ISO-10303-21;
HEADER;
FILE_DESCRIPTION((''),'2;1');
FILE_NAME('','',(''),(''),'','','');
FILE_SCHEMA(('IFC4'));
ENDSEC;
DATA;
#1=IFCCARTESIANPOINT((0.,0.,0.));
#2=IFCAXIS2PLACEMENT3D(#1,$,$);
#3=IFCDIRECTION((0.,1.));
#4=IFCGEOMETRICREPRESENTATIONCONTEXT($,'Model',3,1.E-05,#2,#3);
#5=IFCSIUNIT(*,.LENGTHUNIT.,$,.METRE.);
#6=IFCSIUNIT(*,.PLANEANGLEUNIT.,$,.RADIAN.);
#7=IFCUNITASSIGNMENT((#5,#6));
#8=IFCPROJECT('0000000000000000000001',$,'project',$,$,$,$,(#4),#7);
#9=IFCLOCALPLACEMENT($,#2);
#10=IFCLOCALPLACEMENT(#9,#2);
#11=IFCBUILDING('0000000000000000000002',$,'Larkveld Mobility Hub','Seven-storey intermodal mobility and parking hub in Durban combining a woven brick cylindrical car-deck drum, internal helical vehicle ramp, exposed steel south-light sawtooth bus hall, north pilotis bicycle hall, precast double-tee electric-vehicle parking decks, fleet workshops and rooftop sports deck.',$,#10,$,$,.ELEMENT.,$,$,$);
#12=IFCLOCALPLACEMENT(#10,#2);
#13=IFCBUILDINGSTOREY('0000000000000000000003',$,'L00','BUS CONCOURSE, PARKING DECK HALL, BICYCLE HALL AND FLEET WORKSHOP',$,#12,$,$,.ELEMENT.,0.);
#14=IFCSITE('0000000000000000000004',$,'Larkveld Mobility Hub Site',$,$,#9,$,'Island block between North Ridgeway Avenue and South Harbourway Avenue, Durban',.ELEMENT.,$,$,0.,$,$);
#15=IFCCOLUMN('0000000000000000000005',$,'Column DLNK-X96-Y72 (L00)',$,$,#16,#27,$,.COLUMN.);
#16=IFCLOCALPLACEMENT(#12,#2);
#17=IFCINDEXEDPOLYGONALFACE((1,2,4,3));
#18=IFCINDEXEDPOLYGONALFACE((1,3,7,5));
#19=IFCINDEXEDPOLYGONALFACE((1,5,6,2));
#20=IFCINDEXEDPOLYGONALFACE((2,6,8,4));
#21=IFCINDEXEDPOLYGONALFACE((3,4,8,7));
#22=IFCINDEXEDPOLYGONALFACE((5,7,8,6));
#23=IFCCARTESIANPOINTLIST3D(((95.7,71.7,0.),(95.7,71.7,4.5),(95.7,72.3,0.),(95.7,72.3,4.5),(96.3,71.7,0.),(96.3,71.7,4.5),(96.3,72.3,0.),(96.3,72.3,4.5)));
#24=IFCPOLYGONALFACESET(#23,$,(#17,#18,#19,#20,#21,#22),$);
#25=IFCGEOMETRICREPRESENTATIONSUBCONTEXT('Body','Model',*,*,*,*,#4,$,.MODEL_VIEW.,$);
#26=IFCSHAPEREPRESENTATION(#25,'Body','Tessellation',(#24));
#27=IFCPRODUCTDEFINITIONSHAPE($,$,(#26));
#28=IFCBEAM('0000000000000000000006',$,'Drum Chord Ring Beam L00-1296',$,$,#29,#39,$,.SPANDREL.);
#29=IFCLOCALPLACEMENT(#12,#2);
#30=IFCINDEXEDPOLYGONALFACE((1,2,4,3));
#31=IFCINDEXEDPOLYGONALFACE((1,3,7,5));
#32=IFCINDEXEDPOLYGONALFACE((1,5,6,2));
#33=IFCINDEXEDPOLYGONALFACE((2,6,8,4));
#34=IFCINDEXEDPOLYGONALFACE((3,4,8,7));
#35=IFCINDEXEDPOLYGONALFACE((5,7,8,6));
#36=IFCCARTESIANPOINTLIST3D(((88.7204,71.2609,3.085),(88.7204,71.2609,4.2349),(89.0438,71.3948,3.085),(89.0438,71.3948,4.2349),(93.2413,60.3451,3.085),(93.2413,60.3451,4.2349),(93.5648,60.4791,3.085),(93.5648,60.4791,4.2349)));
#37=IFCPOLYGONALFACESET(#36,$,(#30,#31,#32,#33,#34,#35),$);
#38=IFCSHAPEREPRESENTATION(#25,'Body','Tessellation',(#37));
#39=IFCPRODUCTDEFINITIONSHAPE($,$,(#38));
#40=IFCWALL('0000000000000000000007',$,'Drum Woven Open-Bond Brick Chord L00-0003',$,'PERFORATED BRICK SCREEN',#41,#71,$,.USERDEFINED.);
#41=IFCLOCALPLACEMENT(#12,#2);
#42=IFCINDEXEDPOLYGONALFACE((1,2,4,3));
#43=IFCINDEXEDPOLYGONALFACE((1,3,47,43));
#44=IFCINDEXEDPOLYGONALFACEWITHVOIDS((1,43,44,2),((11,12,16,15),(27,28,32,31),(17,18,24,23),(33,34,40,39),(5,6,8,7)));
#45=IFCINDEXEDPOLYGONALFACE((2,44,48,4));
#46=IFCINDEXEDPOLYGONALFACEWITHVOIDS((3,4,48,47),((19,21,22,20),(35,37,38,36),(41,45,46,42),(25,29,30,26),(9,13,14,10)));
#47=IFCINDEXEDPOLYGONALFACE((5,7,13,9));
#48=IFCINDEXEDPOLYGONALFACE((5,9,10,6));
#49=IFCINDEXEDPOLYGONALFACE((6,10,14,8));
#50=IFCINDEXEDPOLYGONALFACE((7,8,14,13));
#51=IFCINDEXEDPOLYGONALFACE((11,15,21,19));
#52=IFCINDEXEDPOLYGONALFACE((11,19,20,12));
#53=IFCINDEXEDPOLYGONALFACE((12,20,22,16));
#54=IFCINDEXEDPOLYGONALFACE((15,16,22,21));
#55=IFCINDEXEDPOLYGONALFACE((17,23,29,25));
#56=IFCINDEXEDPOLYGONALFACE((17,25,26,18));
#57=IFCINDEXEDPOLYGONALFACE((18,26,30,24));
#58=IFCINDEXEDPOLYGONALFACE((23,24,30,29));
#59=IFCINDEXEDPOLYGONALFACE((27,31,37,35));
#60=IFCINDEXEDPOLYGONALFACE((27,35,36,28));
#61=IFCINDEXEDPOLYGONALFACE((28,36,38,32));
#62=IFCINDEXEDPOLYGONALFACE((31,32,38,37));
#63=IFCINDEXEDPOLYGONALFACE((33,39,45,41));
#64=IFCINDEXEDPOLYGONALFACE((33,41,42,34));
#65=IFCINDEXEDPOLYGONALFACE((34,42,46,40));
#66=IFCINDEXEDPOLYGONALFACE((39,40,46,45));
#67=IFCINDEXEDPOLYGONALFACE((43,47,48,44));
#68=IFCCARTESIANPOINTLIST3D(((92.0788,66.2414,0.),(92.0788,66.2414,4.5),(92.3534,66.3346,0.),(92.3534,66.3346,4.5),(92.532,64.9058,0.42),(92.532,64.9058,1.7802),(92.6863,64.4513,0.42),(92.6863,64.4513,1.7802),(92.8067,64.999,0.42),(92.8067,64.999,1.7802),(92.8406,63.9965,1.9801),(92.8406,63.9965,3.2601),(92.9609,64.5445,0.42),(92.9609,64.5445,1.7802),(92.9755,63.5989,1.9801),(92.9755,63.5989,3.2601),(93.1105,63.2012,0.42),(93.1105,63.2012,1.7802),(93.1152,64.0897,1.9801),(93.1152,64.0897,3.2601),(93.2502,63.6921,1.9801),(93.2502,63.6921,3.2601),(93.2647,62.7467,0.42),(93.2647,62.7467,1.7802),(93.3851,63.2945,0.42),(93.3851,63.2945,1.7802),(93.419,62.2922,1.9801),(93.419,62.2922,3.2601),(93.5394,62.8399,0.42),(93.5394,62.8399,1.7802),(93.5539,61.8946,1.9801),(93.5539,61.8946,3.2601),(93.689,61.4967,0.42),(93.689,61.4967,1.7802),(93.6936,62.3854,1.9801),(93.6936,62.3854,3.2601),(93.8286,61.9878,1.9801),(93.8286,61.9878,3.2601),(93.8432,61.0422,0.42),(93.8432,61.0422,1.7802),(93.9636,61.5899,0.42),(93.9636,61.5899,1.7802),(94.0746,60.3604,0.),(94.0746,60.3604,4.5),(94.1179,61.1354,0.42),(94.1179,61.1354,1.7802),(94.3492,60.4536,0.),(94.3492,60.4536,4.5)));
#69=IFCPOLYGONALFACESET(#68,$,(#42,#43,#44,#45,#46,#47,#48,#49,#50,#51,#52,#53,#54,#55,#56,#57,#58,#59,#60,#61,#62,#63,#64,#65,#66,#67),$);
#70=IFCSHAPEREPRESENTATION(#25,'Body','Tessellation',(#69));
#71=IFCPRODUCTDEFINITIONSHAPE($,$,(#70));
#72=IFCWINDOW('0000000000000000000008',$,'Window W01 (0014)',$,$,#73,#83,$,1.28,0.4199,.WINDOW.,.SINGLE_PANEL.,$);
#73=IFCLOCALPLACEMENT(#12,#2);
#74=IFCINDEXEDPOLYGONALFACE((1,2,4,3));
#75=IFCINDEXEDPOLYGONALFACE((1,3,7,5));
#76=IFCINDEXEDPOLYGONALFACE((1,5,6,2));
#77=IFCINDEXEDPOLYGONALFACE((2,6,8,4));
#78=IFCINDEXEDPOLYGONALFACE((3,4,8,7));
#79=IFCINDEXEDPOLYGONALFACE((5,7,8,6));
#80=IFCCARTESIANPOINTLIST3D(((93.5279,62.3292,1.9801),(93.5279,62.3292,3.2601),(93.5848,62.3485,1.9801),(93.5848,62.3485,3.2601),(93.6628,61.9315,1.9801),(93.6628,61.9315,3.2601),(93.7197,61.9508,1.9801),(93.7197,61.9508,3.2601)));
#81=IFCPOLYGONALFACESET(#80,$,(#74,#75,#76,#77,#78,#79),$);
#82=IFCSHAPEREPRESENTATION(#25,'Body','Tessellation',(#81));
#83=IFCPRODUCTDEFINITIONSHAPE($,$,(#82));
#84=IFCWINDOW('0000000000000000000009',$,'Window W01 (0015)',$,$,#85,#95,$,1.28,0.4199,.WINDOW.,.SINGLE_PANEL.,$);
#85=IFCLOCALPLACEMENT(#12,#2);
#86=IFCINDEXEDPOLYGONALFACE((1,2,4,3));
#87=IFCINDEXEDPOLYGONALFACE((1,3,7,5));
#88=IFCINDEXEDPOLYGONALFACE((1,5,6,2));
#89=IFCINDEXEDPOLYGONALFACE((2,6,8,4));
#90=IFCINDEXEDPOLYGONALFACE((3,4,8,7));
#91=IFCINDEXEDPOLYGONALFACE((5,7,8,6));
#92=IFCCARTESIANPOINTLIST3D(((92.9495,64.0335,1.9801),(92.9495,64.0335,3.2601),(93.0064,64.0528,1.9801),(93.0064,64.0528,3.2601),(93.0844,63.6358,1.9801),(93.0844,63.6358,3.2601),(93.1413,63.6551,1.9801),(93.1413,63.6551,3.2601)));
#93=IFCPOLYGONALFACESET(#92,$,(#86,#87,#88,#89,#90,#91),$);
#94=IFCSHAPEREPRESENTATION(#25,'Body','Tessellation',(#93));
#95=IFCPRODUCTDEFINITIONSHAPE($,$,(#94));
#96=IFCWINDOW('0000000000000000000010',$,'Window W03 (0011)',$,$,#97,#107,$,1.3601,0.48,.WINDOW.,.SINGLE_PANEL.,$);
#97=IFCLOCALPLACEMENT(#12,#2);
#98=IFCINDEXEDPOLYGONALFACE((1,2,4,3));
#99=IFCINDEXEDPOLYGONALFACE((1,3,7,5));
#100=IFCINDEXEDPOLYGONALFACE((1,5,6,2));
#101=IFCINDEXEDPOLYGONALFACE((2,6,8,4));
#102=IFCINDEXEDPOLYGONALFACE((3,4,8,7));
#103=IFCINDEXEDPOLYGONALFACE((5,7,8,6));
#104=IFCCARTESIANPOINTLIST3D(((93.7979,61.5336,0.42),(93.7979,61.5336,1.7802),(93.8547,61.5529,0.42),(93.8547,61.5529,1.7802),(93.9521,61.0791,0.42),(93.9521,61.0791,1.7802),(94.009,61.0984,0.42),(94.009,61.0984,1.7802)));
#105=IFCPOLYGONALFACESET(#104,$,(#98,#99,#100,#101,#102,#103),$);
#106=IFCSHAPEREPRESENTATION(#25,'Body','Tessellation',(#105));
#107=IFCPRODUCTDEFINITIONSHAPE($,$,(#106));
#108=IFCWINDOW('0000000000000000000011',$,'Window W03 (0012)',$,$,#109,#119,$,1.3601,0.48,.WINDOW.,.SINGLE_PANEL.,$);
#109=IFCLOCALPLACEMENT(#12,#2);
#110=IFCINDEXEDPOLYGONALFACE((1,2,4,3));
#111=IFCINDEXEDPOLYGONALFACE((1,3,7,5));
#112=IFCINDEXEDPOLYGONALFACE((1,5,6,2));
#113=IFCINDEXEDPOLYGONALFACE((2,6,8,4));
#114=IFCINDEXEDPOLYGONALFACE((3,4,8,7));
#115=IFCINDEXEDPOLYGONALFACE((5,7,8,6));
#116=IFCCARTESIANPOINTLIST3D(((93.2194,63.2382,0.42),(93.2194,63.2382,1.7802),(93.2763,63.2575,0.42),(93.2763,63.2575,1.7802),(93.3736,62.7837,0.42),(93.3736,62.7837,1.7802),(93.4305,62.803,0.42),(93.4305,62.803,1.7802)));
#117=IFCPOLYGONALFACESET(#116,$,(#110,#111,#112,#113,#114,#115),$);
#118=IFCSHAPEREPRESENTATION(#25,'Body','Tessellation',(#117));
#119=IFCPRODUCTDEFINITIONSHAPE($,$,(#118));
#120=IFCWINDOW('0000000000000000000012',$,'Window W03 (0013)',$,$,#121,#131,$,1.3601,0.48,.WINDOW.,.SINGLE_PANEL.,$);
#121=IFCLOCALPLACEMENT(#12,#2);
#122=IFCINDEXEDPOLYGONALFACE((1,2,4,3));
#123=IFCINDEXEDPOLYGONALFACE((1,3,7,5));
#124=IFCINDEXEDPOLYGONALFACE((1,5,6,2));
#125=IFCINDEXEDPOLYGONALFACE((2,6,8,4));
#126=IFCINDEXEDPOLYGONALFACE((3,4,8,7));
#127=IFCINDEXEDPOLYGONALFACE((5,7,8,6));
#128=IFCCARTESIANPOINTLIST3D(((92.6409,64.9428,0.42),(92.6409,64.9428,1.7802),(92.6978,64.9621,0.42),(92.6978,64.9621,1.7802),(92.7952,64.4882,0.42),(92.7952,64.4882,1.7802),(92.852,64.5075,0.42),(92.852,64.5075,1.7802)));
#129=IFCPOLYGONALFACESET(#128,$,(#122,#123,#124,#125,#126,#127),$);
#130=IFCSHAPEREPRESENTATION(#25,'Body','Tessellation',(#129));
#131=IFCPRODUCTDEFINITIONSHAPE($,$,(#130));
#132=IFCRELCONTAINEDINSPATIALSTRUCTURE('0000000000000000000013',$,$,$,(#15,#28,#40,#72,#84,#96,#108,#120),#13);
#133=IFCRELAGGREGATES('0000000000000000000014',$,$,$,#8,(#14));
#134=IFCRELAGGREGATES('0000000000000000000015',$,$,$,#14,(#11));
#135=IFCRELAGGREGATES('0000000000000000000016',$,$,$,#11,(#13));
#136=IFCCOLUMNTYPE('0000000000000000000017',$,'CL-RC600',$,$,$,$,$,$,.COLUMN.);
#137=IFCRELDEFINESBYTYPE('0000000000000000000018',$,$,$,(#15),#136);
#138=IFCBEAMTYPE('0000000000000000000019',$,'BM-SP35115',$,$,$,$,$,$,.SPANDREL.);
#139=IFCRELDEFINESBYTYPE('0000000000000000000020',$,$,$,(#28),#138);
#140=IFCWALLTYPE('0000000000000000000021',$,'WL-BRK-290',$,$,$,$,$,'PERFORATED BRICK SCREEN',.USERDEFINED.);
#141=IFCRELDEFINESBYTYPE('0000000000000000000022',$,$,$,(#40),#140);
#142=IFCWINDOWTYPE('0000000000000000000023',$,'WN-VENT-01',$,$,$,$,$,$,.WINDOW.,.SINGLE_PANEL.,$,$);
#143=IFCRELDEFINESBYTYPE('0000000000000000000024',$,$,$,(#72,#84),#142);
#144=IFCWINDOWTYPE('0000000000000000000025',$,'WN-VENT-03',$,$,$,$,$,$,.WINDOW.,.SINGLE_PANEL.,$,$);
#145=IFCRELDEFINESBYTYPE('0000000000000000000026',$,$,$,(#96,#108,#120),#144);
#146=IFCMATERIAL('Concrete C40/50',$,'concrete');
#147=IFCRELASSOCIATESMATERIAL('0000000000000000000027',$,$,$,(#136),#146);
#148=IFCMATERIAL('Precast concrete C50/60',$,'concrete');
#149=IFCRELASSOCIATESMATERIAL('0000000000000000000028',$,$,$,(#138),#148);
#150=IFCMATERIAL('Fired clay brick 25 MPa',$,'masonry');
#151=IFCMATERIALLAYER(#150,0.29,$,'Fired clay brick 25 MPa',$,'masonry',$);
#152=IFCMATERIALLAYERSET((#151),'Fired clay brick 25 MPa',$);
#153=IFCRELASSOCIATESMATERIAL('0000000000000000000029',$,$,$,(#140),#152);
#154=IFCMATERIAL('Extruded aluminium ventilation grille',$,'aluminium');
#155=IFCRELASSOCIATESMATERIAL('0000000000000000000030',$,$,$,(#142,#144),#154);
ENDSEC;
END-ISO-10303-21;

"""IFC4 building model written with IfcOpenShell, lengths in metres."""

from ifc_helpers import new_model, si_unit, direction, frame, frame_2d, origin, origin_2d, place, context, subcontext, project, spatial, rectangle, extrude, material, layer, layer_set, material_profile, profile_set, type_object, element, fill, save


model = new_model("IFC4")

# Units and contexts
model_context = context("Model", 3, precision=1e-05, world=origin(), true_north=direction((0.0, 1.0)))
body_context = subcontext(model_context, "Body", "Model", "MODEL_VIEW")
ifc_project = project(units=[si_unit("LENGTHUNIT", "METRE"), si_unit("PLANEANGLEUNIT", "RADIAN")], contexts=[model_context])

# Site, building, storey
site_placement = place(None, origin())
site = spatial("IfcSite", under=ifc_project, at=site_placement, Name="Larkveld Mobility Hub Site", LongName="Island block between North Ridgeway Avenue and South Harbourway Avenue, Durban", CompositionType="ELEMENT", RefElevation=0.0)
building_placement = place(site_placement, origin())
building = spatial("IfcBuilding", under=site, at=building_placement, Name="Larkveld Mobility Hub", Description="Seven-storey intermodal mobility and parking hub in Durban combining a woven brick cylindrical car-deck drum, internal helical vehicle ramp, exposed steel south-light sawtooth bus hall, north pilotis bicycle hall, precast double-tee electric-vehicle parking decks, fleet workshops and rooftop sports deck.", CompositionType="ELEMENT")
storey_placement = place(building_placement, origin())
storey = spatial("IfcBuildingStorey", under=building, at=storey_placement, Name="L00", Description="BUS CONCOURSE, PARKING DECK HALL, BICYCLE HALL AND FLEET WORKSHOP", CompositionType="ELEMENT", Elevation=0.0)

# Column
ifc_material_1 = material(Name="Concrete C40/50", Category="concrete")
ifc_material_profile_1 = material_profile(ifc_material_1, rectangle(XDim=0.6001, YDim=0.6001, at=origin_2d()), Name="RC COL 600x600")
ifc_profile_set_1 = profile_set([ifc_material_profile_1], Name="Concrete C40/50")
column_type = type_object("IfcColumnType", Name="CL-RC600", PredefinedType="COLUMN", material=ifc_profile_set_1)
for number, where, z_axis, x_axis, name in (
    (1, (96.0, 72.0, 0.0), (0.0, 0.0, 1.0), (1.0, 0.0, 0.0), "Column DLNK-X96-Y72 (L00)"),
):
    element("IfcColumn", number, at=place(storey_placement, frame(where, z_axis=z_axis, x_axis=x_axis)), inside=storey, type_object=column_type, Name=name, PredefinedType="COLUMN", context=body_context, shape_type="SweptSolid", body=[
        extrude(rectangle(XDim=0.6001, YDim=0.6001, at=origin_2d()), origin(), (0.0, 0.0, 1.0), 4.5),
    ])

# Beam
ifc_material_2 = material(Name="Precast concrete C50/60", Category="concrete")
ifc_material_profile_2 = material_profile(ifc_material_2, rectangle(XDim=0.3501, YDim=1.1499, at=origin_2d()), Name="PC SP 350x1150")
ifc_profile_set_2 = profile_set([ifc_material_profile_2], Name="Precast concrete C50/60")
beam_type = type_object("IfcBeamType", Name="BM-SP35115", PredefinedType="SPANDREL", material=ifc_profile_set_2)
beam_placement = place(storey_placement, frame((93.4031, 60.4121, 3.6599), z_axis=(-0.38265, 0.923893, 0.0), x_axis=(-0.923893, -0.38265, 0.0)))
element("IfcBeam", 2, at=beam_placement, inside=storey, type_object=beam_type, Name="Drum Chord Ring Beam L00-1296", PredefinedType="SPANDREL", context=body_context, shape_type="SweptSolid", body=[
    extrude(rectangle(XDim=0.3501, YDim=1.1499, at=origin_2d()), origin(), (0.0, 0.0, 1.0), 11.8149),
])

# Wall, openings, windows
ifc_material_3 = material(Name="Fired clay brick 25 MPa", Category="masonry")
ifc_layer_1 = layer(ifc_material_3, 0.29, Name="Fired clay brick 25 MPa", Category="masonry")
ifc_layer_set_1 = layer_set([ifc_layer_1], Name="Fired clay brick 25 MPa")
wall_type_1 = type_object("IfcWallType", Name="WL-BRK-290", ElementType="PERFORATED BRICK SCREEN", PredefinedType="USERDEFINED", material=ifc_layer_set_1)
wall_1_placement = place(storey_placement, frame((94.2119, 60.407, 0.0), z_axis=(0.0, 0.0, 1.0), x_axis=(-0.321365, 0.946955, 0.0)))
wall_1 = element("IfcWall", 3, at=wall_1_placement, inside=storey, type_object=wall_type_1, Name="Drum Woven Open-Bond Brick Chord L00-0003", ObjectType="PERFORATED BRICK SCREEN", PredefinedType="USERDEFINED", context=body_context, shape_type="SweptSolid", body=[
    extrude(rectangle(XDim=6.2104, YDim=0.29, at=frame_2d((3.1052, 0.0))), origin(), (0.0, 0.0, 1.0), 4.5),
])
opening_1_placement = place(wall_1_placement, frame((0.72, 0.0, 0.4199)))
opening_1 = element("IfcOpeningElement", 4, at=opening_1_placement, cuts=wall_1, PredefinedType="OPENING", context=body_context, shape_type="SweptSolid", body=[
    extrude(rectangle(XDim=0.48, YDim=1.3601, at=frame_2d((0.24, 0.6802))), frame((0.0, 0.155, 0.0), z_axis=(0.0, -1.0, 0.0), x_axis=(1.0, 0.0, 0.0)), (0.0, 0.0, 1.0), 0.3101),
])
opening_2_placement = place(wall_1_placement, frame((2.52, 0.0, 0.4199)))
opening_2 = element("IfcOpeningElement", 5, at=opening_2_placement, cuts=wall_1, PredefinedType="OPENING", context=body_context, shape_type="SweptSolid", body=[
    extrude(rectangle(XDim=0.48, YDim=1.3601, at=frame_2d((0.24, 0.6802))), frame((0.0, 0.155, 0.0), z_axis=(0.0, -1.0, 0.0), x_axis=(1.0, 0.0, 0.0)), (0.0, 0.0, 1.0), 0.3101),
])
opening_3_placement = place(wall_1_placement, frame((4.3201, 0.0, 0.4199)))
opening_3 = element("IfcOpeningElement", 6, at=opening_3_placement, cuts=wall_1, PredefinedType="OPENING", context=body_context, shape_type="SweptSolid", body=[
    extrude(rectangle(XDim=0.48, YDim=1.3601, at=frame_2d((0.24, 0.6802))), frame((0.0, 0.155, 0.0), z_axis=(0.0, -1.0, 0.0), x_axis=(1.0, 0.0, 0.0)), (0.0, 0.0, 1.0), 0.3101),
])
opening_4_placement = place(wall_1_placement, frame((1.6201, 0.0, 1.98)))
opening_4 = element("IfcOpeningElement", 7, at=opening_4_placement, cuts=wall_1, PredefinedType="OPENING", context=body_context, shape_type="SweptSolid", body=[
    extrude(rectangle(XDim=0.4199, YDim=1.28, at=frame_2d((0.21, 0.6401))), frame((0.0, 0.155, 0.0), z_axis=(0.0, -1.0, 0.0), x_axis=(1.0, 0.0, 0.0)), (0.0, 0.0, 1.0), 0.3101),
])
opening_5_placement = place(wall_1_placement, frame((3.4199, 0.0, 1.98)))
opening_5 = element("IfcOpeningElement", 8, at=opening_5_placement, cuts=wall_1, PredefinedType="OPENING", context=body_context, shape_type="SweptSolid", body=[
    extrude(rectangle(XDim=0.4199, YDim=1.28, at=frame_2d((0.21, 0.6401))), frame((0.0, 0.155, 0.0), z_axis=(0.0, -1.0, 0.0), x_axis=(1.0, 0.0, 0.0)), (0.0, 0.0, 1.0), 0.3101),
])
ifc_material_4 = material(Name="Extruded aluminium ventilation grille", Category="aluminium")
window_type_1 = type_object("IfcWindowType", Name="WN-VENT-01", PartitioningType="SINGLE_PANEL", PredefinedType="WINDOW", material=ifc_material_4)
window_1_placement = place(opening_4_placement, origin())
window_1 = element("IfcWindow", 9, at=window_1_placement, inside=storey, type_object=window_type_1, Name="Window W01 (0014)", OverallHeight=1.28, OverallWidth=0.4199, PartitioningType="SINGLE_PANEL", PredefinedType="WINDOW", context=body_context, shape_type="SweptSolid", body=[
    extrude(rectangle(XDim=0.4199, YDim=1.28, at=frame_2d((0.21, 0.6401))), frame((0.0, 0.03, 0.0), z_axis=(0.0, -1.0, 0.0), x_axis=(1.0, 0.0, 0.0)), (0.0, 0.0, 1.0), 0.0601),
])
fill(opening_4, window_1)
window_2_placement = place(opening_5_placement, origin())
window_2 = element("IfcWindow", 10, at=window_2_placement, inside=storey, type_object=window_type_1, Name="Window W01 (0015)", OverallHeight=1.28, OverallWidth=0.4199, PartitioningType="SINGLE_PANEL", PredefinedType="WINDOW", context=body_context, shape_type="SweptSolid", body=[
    extrude(rectangle(XDim=0.4199, YDim=1.28, at=frame_2d((0.21, 0.6401))), frame((0.0, 0.03, 0.0), z_axis=(0.0, -1.0, 0.0), x_axis=(1.0, 0.0, 0.0)), (0.0, 0.0, 1.0), 0.0601),
])
fill(opening_5, window_2)
window_type_2 = type_object("IfcWindowType", Name="WN-VENT-03", PartitioningType="SINGLE_PANEL", PredefinedType="WINDOW", material=ifc_material_4)
window_3_placement = place(opening_1_placement, origin())
window_3 = element("IfcWindow", 11, at=window_3_placement, inside=storey, type_object=window_type_2, Name="Window W03 (0011)", OverallHeight=1.3601, OverallWidth=0.48, PartitioningType="SINGLE_PANEL", PredefinedType="WINDOW", context=body_context, shape_type="SweptSolid", body=[
    extrude(rectangle(XDim=0.48, YDim=1.3601, at=frame_2d((0.24, 0.6802))), frame((0.0, 0.03, 0.0), z_axis=(0.0, -1.0, 0.0), x_axis=(1.0, 0.0, 0.0)), (0.0, 0.0, 1.0), 0.0601),
])
fill(opening_1, window_3)
window_4_placement = place(opening_2_placement, origin())
window_4 = element("IfcWindow", 12, at=window_4_placement, inside=storey, type_object=window_type_2, Name="Window W03 (0012)", OverallHeight=1.3601, OverallWidth=0.48, PartitioningType="SINGLE_PANEL", PredefinedType="WINDOW", context=body_context, shape_type="SweptSolid", body=[
    extrude(rectangle(XDim=0.48, YDim=1.3601, at=frame_2d((0.24, 0.6802))), frame((0.0, 0.03, 0.0), z_axis=(0.0, -1.0, 0.0), x_axis=(1.0, 0.0, 0.0)), (0.0, 0.0, 1.0), 0.0601),
])
fill(opening_2, window_4)
window_5_placement = place(opening_3_placement, origin())
window_5 = element("IfcWindow", 13, at=window_5_placement, inside=storey, type_object=window_type_2, Name="Window W03 (0013)", OverallHeight=1.3601, OverallWidth=0.48, PartitioningType="SINGLE_PANEL", PredefinedType="WINDOW", context=body_context, shape_type="SweptSolid", body=[
    extrude(rectangle(XDim=0.48, YDim=1.3601, at=frame_2d((0.24, 0.6802))), frame((0.0, 0.03, 0.0), z_axis=(0.0, -1.0, 0.0), x_axis=(1.0, 0.0, 0.0)), (0.0, 0.0, 1.0), 0.0601),
])
fill(opening_3, window_5)

save(model, "model.ifc")
